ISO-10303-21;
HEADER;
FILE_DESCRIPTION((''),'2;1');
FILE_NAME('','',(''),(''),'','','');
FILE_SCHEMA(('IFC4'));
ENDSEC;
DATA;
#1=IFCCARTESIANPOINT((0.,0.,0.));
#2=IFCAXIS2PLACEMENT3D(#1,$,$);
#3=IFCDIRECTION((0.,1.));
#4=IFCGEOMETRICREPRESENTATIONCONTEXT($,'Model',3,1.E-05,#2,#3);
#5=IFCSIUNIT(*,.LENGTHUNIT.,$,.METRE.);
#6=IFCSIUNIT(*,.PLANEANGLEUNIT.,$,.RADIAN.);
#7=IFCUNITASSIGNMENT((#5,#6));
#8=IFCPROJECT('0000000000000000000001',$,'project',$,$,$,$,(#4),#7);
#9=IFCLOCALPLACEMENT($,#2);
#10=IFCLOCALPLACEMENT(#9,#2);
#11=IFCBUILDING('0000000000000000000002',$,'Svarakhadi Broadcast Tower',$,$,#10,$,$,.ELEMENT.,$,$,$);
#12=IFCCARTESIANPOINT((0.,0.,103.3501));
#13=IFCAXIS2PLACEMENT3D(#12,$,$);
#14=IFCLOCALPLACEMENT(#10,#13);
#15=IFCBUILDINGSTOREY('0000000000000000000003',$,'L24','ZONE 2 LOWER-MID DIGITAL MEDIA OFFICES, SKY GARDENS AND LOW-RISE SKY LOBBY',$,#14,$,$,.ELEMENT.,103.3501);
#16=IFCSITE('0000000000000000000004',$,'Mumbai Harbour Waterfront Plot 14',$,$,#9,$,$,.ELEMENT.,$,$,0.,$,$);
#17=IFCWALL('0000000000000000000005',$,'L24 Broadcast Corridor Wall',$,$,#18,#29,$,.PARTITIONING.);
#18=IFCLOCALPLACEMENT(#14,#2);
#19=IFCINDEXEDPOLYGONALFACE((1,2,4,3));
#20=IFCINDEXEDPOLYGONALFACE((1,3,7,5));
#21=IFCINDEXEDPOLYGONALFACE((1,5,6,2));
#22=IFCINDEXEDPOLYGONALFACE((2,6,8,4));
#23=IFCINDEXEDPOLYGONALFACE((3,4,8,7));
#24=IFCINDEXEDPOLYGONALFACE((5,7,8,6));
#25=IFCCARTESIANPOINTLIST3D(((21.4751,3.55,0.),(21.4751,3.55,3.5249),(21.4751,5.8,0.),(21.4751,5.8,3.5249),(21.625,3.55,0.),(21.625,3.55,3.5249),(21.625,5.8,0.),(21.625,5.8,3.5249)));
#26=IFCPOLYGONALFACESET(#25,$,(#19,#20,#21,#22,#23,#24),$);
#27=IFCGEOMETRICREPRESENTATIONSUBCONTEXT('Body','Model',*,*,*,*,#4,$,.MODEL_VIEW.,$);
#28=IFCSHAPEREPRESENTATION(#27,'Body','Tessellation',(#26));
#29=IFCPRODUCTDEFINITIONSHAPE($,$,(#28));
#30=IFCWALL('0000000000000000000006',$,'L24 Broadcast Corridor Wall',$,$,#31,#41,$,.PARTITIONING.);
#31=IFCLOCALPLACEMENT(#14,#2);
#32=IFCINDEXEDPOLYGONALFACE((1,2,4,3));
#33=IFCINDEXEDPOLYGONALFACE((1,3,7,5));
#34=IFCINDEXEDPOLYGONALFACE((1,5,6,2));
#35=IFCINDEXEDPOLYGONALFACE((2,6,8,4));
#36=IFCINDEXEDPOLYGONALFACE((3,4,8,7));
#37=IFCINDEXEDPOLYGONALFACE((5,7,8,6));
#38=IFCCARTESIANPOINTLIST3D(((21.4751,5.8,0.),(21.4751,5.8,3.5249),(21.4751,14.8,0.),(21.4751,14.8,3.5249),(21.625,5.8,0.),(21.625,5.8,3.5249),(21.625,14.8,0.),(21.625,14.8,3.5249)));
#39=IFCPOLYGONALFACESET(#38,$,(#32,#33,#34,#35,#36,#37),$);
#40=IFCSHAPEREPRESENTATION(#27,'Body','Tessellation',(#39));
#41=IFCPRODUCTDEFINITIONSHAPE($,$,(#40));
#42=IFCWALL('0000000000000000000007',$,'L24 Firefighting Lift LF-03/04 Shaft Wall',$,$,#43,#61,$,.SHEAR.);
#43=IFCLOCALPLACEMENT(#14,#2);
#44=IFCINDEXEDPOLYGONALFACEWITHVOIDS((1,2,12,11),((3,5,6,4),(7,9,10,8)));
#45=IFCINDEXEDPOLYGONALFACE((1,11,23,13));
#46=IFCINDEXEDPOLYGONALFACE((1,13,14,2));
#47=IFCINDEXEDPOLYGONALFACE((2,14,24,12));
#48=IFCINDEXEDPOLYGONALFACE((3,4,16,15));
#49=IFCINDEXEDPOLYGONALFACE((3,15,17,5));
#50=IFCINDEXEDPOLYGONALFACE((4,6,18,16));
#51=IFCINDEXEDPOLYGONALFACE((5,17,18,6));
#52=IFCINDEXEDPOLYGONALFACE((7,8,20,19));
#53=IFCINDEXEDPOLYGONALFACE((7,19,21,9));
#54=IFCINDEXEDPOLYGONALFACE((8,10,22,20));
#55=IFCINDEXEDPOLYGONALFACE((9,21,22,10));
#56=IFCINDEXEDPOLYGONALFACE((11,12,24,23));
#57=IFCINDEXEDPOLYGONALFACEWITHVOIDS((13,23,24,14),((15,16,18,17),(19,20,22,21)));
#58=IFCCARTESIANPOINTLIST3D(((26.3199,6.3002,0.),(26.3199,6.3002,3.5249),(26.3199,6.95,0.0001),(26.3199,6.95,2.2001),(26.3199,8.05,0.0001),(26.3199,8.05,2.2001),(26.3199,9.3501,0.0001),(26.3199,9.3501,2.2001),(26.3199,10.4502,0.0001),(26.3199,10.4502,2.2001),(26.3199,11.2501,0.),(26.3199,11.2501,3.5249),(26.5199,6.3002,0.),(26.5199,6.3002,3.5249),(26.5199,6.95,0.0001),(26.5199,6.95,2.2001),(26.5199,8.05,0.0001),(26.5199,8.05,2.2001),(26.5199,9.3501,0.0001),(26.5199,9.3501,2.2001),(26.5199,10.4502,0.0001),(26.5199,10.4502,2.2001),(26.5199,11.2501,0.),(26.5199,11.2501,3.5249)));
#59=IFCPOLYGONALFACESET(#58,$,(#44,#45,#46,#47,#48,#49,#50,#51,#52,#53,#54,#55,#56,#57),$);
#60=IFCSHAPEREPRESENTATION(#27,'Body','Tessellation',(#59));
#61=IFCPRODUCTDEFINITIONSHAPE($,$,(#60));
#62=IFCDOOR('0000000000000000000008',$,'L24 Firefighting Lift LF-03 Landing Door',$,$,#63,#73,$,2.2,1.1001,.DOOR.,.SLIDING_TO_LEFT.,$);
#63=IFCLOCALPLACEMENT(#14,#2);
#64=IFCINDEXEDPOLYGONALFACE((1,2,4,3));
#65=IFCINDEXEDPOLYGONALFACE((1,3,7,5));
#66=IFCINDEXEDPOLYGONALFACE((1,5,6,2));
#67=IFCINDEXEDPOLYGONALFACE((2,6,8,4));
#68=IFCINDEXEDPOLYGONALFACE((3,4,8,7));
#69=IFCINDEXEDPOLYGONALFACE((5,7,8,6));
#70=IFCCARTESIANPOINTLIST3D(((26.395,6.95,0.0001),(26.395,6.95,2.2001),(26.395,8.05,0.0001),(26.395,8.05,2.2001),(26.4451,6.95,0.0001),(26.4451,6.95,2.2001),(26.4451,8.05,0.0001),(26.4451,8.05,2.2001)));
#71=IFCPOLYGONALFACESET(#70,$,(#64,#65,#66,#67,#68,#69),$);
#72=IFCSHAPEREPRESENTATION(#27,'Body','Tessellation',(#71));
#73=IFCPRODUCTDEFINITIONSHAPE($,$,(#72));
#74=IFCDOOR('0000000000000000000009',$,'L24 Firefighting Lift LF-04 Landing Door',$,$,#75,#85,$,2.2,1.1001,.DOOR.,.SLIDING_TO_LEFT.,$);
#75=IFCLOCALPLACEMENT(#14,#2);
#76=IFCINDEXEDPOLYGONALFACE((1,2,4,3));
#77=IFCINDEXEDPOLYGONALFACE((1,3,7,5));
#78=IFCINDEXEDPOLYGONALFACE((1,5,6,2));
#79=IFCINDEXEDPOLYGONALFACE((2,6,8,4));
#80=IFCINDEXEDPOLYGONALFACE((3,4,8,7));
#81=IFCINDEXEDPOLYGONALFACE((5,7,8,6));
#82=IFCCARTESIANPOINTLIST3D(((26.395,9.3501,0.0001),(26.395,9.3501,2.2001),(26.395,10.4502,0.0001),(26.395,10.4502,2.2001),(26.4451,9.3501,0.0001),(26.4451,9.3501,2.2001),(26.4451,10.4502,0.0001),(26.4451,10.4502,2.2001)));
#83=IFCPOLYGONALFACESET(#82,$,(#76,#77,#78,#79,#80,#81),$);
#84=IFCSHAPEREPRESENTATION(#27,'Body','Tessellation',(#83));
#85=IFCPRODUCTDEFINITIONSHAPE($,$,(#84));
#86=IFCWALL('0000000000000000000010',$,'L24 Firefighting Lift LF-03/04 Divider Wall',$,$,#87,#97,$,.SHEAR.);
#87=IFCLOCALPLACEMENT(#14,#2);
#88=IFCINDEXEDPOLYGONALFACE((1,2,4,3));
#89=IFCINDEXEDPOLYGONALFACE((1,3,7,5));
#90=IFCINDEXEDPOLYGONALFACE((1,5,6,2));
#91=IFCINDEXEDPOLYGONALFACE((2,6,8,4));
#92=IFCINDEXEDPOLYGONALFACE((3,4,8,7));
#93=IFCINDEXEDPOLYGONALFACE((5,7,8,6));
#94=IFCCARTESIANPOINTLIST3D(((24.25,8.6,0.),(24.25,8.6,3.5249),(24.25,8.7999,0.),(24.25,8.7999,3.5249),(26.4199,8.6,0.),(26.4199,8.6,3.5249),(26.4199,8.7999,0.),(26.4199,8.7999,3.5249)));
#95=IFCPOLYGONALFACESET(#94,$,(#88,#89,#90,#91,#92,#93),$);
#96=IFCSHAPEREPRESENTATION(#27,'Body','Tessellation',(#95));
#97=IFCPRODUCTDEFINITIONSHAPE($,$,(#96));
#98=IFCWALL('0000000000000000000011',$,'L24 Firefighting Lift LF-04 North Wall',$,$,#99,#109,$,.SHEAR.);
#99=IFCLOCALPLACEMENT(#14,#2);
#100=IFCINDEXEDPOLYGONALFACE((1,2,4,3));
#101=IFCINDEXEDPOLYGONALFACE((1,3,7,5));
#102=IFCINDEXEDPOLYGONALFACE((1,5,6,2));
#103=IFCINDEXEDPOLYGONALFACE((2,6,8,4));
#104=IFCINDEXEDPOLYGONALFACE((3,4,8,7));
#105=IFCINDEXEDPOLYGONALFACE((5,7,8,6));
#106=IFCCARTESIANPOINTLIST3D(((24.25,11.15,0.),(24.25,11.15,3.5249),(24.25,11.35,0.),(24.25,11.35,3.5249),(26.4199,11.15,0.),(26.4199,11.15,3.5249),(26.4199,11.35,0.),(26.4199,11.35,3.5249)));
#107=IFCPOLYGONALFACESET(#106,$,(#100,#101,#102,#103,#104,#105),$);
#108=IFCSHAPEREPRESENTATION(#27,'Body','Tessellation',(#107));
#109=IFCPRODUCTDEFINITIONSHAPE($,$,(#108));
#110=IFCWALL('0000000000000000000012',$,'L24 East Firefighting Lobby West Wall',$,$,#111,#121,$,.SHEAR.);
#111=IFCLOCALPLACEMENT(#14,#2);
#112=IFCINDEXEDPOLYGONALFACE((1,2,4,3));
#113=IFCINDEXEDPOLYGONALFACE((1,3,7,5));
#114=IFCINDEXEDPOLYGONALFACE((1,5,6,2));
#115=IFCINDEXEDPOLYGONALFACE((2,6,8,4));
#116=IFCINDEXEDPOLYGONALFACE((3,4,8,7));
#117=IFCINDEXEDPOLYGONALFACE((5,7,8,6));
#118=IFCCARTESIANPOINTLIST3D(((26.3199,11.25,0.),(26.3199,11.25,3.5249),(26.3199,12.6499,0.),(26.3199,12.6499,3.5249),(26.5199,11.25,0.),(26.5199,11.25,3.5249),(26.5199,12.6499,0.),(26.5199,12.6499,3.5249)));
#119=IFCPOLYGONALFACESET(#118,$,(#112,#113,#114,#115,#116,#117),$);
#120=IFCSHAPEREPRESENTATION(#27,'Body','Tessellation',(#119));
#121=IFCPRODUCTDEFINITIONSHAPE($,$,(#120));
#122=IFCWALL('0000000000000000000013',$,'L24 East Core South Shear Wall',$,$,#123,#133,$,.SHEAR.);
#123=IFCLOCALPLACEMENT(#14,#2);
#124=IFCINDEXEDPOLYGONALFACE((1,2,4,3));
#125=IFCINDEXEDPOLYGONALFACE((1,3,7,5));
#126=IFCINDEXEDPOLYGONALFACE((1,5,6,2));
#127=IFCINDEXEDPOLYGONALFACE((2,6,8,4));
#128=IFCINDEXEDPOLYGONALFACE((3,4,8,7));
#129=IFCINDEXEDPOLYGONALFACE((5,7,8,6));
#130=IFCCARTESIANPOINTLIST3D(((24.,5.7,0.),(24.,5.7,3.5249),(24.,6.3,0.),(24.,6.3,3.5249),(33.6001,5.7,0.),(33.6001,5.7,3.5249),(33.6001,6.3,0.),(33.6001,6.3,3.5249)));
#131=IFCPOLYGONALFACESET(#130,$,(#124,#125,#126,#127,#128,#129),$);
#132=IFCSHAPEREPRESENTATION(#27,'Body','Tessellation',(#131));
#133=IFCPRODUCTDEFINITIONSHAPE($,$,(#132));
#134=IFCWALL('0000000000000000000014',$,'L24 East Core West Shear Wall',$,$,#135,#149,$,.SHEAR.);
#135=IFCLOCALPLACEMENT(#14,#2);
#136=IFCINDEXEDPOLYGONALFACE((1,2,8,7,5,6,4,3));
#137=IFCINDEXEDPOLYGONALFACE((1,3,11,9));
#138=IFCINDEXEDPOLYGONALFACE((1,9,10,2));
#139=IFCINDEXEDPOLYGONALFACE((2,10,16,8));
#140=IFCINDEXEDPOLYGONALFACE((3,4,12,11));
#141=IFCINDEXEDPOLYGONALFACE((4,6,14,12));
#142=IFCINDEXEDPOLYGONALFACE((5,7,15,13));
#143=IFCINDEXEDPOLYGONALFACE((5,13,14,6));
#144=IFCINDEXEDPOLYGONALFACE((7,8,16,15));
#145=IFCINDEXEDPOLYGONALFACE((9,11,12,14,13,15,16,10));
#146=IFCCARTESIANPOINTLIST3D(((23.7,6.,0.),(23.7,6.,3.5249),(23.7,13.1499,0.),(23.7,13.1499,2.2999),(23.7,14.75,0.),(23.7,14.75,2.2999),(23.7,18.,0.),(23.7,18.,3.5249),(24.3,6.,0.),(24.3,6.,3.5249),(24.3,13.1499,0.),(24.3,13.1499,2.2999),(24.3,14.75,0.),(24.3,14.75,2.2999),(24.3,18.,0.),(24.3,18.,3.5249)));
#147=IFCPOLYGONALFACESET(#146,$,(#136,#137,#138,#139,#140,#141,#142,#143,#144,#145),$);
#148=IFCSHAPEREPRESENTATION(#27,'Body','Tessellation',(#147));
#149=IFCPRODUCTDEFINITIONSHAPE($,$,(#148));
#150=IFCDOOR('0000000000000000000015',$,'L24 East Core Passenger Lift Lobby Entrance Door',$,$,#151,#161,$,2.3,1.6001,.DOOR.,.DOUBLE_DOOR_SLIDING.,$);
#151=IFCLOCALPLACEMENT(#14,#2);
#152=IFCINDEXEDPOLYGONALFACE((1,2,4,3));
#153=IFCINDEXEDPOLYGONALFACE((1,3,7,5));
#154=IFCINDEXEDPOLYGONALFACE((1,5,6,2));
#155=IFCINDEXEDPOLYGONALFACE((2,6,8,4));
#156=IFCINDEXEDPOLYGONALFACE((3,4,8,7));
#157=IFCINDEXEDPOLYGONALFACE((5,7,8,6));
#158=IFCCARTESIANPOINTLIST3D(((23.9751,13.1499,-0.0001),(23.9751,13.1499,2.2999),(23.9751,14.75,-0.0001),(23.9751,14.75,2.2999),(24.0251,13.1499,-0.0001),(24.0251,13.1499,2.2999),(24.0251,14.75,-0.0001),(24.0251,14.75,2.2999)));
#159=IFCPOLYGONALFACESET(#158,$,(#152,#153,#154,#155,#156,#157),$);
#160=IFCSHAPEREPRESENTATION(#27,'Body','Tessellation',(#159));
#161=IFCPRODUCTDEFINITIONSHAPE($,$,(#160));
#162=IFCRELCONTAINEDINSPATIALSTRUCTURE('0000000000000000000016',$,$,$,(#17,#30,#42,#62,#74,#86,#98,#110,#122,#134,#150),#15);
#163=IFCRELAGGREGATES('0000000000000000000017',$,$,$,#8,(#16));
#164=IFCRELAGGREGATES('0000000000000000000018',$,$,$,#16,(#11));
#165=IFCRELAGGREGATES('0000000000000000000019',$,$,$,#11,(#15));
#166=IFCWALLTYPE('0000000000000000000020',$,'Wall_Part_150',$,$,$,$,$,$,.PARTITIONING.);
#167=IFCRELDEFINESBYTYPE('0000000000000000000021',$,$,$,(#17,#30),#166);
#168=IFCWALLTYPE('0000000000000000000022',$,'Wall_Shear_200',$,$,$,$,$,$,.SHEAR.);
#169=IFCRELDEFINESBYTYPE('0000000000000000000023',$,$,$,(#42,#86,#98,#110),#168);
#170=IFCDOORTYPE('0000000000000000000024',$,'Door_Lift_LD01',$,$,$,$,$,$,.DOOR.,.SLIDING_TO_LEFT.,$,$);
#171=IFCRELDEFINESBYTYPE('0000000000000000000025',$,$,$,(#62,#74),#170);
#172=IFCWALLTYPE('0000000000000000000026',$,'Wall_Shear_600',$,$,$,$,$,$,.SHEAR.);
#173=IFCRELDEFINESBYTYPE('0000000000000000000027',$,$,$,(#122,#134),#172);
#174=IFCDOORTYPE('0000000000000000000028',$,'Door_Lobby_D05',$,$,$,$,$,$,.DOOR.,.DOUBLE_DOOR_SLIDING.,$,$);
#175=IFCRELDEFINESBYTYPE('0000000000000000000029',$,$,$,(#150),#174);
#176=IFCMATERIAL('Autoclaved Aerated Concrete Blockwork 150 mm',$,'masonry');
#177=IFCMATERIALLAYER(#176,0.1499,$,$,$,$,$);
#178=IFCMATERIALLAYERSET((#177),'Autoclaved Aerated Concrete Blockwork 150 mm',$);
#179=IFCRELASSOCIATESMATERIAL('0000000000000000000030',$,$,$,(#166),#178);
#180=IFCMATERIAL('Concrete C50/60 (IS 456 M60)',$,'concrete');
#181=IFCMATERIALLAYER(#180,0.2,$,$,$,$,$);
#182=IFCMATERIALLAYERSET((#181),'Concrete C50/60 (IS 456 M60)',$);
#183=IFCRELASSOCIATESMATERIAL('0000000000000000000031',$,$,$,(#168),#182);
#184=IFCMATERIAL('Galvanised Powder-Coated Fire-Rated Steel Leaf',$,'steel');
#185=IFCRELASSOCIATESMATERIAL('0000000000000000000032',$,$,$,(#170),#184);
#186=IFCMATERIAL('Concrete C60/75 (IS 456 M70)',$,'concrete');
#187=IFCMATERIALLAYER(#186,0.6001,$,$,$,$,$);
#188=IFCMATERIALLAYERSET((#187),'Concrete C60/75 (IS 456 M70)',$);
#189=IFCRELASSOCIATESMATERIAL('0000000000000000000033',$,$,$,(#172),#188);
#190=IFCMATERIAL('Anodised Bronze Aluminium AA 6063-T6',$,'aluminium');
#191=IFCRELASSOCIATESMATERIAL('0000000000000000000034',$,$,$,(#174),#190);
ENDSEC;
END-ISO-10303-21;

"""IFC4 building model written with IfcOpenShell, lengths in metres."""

from ifc_helpers import new_model, si_unit, direction, frame, frame_2d, origin, place, context, subcontext, project, spatial, rectangle, extrude, material, layer, layer_set, type_object, element, fill, save


model = new_model("IFC4")

# Units and contexts
model_context = context("Model", 3, precision=1e-05, world=origin(), true_north=direction((0.0, 1.0)))
body_context = subcontext(model_context, "Body", "Model", "MODEL_VIEW")
ifc_project = project(units=[si_unit("LENGTHUNIT", "METRE"), si_unit("PLANEANGLEUNIT", "RADIAN")], contexts=[model_context])

# Site, building, storey
site_placement = place(None, origin())
site = spatial("IfcSite", under=ifc_project, at=site_placement, Name="Mumbai Harbour Waterfront Plot 14", CompositionType="ELEMENT", RefElevation=0.0)
building_placement = place(site_placement, origin())
building = spatial("IfcBuilding", under=site, at=building_placement, Name="Svarakhadi Broadcast Tower", CompositionType="ELEMENT")
storey_placement = place(building_placement, frame((0.0, 0.0, 103.3501)))
storey = spatial("IfcBuildingStorey", under=building, at=storey_placement, Name="L24", Description="ZONE 2 LOWER-MID DIGITAL MEDIA OFFICES, SKY GARDENS AND LOW-RISE SKY LOBBY", CompositionType="ELEMENT", Elevation=103.3501)

# Shared definitions
ifc_material_1 = material(Name="Concrete C50/60 (IS 456 M60)", Category="concrete")

# Shared definitions
ifc_material_2 = material(Name="Anodised Bronze Aluminium AA 6063-T6", Category="aluminium")

# Walls
ifc_material_3 = material(Name="Autoclaved Aerated Concrete Blockwork 150 mm", Category="masonry")
ifc_layer_1 = layer(ifc_material_3, 0.1499)
ifc_layer_set_1 = layer_set([ifc_layer_1], Name="Autoclaved Aerated Concrete Blockwork 150 mm")
wall_type_1 = type_object("IfcWallType", Name="Wall_Part_150", PredefinedType="PARTITIONING", material=ifc_layer_set_1)
wall_1_placement = place(storey_placement, frame((21.55, 3.55, 0.0), z_axis=(0.0, 0.0, 1.0), x_axis=(0.0, 1.0, 0.0)))
element("IfcWall", 1, at=wall_1_placement, inside=storey, type_object=wall_type_1, Name="L24 Broadcast Corridor Wall", PredefinedType="PARTITIONING", context=body_context, shape_type="SweptSolid", body=[
    extrude(rectangle(XDim=2.25, YDim=0.1499, at=frame_2d((1.125, 0.0))), origin(), (0.0, 0.0, 1.0), 3.5249),
])
wall_2_placement = place(storey_placement, frame((21.55, 5.8, 0.0), z_axis=(0.0, 0.0, 1.0), x_axis=(0.0, 1.0, 0.0)))
element("IfcWall", 2, at=wall_2_placement, inside=storey, type_object=wall_type_1, Name="L24 Broadcast Corridor Wall", PredefinedType="PARTITIONING", context=body_context, shape_type="SweptSolid", body=[
    extrude(rectangle(XDim=9.0, YDim=0.1499, at=frame_2d((4.5, 0.0))), origin(), (0.0, 0.0, 1.0), 3.5249),
])

# Wall, openings, doors
ifc_layer_2 = layer(ifc_material_1, 0.2)
ifc_layer_set_2 = layer_set([ifc_layer_2], Name="Concrete C50/60 (IS 456 M60)")
wall_type_2 = type_object("IfcWallType", Name="Wall_Shear_200", PredefinedType="SHEAR", material=ifc_layer_set_2)
wall_3_placement = place(storey_placement, frame((26.4199, 6.3, 0.0), z_axis=(0.0, 0.0, 1.0), x_axis=(0.0, 1.0, 0.0)))
wall_3 = element("IfcWall", 3, at=wall_3_placement, inside=storey, type_object=wall_type_2, Name="L24 Firefighting Lift LF-03/04 Shaft Wall", PredefinedType="SHEAR", context=body_context, shape_type="SweptSolid", body=[
    extrude(rectangle(XDim=4.95, YDim=0.2, at=frame_2d((2.4751, 0.0))), origin(), (0.0, 0.0, 1.0), 3.5249),
])
opening_1_placement = place(wall_3_placement, frame((0.6499, 0.0, 0.0)))
opening_1 = element("IfcOpeningElement", 4, at=opening_1_placement, cuts=wall_3, PredefinedType="OPENING", context=body_context, shape_type="SweptSolid", body=[
    extrude(rectangle(XDim=1.1001, YDim=2.2, at=frame_2d((0.55, 1.1001))), frame((0.0, 0.1099, 0.0), z_axis=(0.0, -1.0, 0.0), x_axis=(1.0, 0.0, 0.0)), (0.0, 0.0, 1.0), 0.22),
])
opening_2_placement = place(wall_3_placement, frame((3.05, 0.0, 0.0)))
opening_2 = element("IfcOpeningElement", 5, at=opening_2_placement, cuts=wall_3, PredefinedType="OPENING", context=body_context, shape_type="SweptSolid", body=[
    extrude(rectangle(XDim=1.1001, YDim=2.2, at=frame_2d((0.55, 1.1001))), frame((0.0, 0.1099, 0.0), z_axis=(0.0, -1.0, 0.0), x_axis=(1.0, 0.0, 0.0)), (0.0, 0.0, 1.0), 0.22),
])
ifc_material_4 = material(Name="Galvanised Powder-Coated Fire-Rated Steel Leaf", Category="steel")
door_type_1 = type_object("IfcDoorType", Name="Door_Lift_LD01", OperationType="SLIDING_TO_LEFT", PredefinedType="DOOR", material=ifc_material_4)
door_1_placement = place(opening_1_placement, origin())
door_1 = element("IfcDoor", 6, at=door_1_placement, inside=storey, type_object=door_type_1, Name="L24 Firefighting Lift LF-03 Landing Door", OperationType="SLIDING_TO_LEFT", OverallHeight=2.2, OverallWidth=1.1001, PredefinedType="DOOR", context=body_context, shape_type="SweptSolid", body=[
    extrude(rectangle(XDim=1.1001, YDim=2.2, at=frame_2d((0.55, 1.1001))), frame((0.0, 0.0249, 0.0), z_axis=(0.0, -1.0, 0.0), x_axis=(1.0, 0.0, 0.0)), (0.0, 0.0, 1.0), 0.05),
])
fill(opening_1, door_1)
door_2_placement = place(opening_2_placement, origin())
door_2 = element("IfcDoor", 7, at=door_2_placement, inside=storey, type_object=door_type_1, Name="L24 Firefighting Lift LF-04 Landing Door", OperationType="SLIDING_TO_LEFT", OverallHeight=2.2, OverallWidth=1.1001, PredefinedType="DOOR", context=body_context, shape_type="SweptSolid", body=[
    extrude(rectangle(XDim=1.1001, YDim=2.2, at=frame_2d((0.55, 1.1001))), frame((0.0, 0.0249, 0.0), z_axis=(0.0, -1.0, 0.0), x_axis=(1.0, 0.0, 0.0)), (0.0, 0.0, 1.0), 0.05),
])
fill(opening_2, door_2)

# Walls
for number, where, z_axis, x_axis, name in (
    (8, (24.25, 8.7, 0.0), (0.0, 0.0, 1.0), (1.0, 0.0, 0.0), "L24 Firefighting Lift LF-03/04 Divider Wall"),
    (9, (24.25, 11.25, 0.0), (0.0, 0.0, 1.0), (1.0, 0.0, 0.0), "L24 Firefighting Lift LF-04 North Wall"),
):
    element("IfcWall", number, at=place(storey_placement, frame(where, z_axis=z_axis, x_axis=x_axis)), inside=storey, type_object=wall_type_2, Name=name, PredefinedType="SHEAR", context=body_context, shape_type="SweptSolid", body=[
        extrude(rectangle(XDim=2.1699, YDim=0.2, at=frame_2d((1.085, 0.0))), origin(), (0.0, 0.0, 1.0), 3.5249),
    ])
wall_4_placement = place(storey_placement, frame((26.4199, 11.25, 0.0), z_axis=(0.0, 0.0, 1.0), x_axis=(0.0, 1.0, 0.0)))
element("IfcWall", 10, at=wall_4_placement, inside=storey, type_object=wall_type_2, Name="L24 East Firefighting Lobby West Wall", PredefinedType="SHEAR", context=body_context, shape_type="SweptSolid", body=[
    extrude(rectangle(XDim=1.3999, YDim=0.2, at=frame_2d((0.7, 0.0))), origin(), (0.0, 0.0, 1.0), 3.5249),
])
ifc_material_5 = material(Name="Concrete C60/75 (IS 456 M70)", Category="concrete")
ifc_layer_3 = layer(ifc_material_5, 0.6001)
ifc_layer_set_3 = layer_set([ifc_layer_3], Name="Concrete C60/75 (IS 456 M70)")
wall_type_3 = type_object("IfcWallType", Name="Wall_Shear_600", PredefinedType="SHEAR", material=ifc_layer_set_3)
wall_5_placement = place(storey_placement, frame((24.0, 6.0, 0.0), z_axis=(0.0, 0.0, 1.0), x_axis=(1.0, 0.0, 0.0)))
element("IfcWall", 11, at=wall_5_placement, inside=storey, type_object=wall_type_3, Name="L24 East Core South Shear Wall", PredefinedType="SHEAR", context=body_context, shape_type="SweptSolid", body=[
    extrude(rectangle(XDim=9.6001, YDim=0.6001, at=frame_2d((4.8, 0.0))), origin(), (0.0, 0.0, 1.0), 3.5249),
])

# Wall, opening, door
wall_6_placement = place(storey_placement, frame((24.0, 6.0, 0.0), z_axis=(0.0, 0.0, 1.0), x_axis=(0.0, 1.0, 0.0)))
wall_6 = element("IfcWall", 12, at=wall_6_placement, inside=storey, type_object=wall_type_3, Name="L24 East Core West Shear Wall", PredefinedType="SHEAR", context=body_context, shape_type="SweptSolid", body=[
    extrude(rectangle(XDim=12.0, YDim=0.6001, at=frame_2d((6.0, 0.0))), origin(), (0.0, 0.0, 1.0), 3.5249),
])
opening_3_placement = place(wall_6_placement, frame((7.1499, 0.0, 0.0)))
opening_3 = element("IfcOpeningElement", 13, at=opening_3_placement, cuts=wall_6, PredefinedType="OPENING", context=body_context, shape_type="SweptSolid", body=[
    extrude(rectangle(XDim=1.6001, YDim=2.3, at=frame_2d((0.8, 1.1499))), frame((0.0, 0.3101, 0.0), z_axis=(0.0, -1.0, 0.0), x_axis=(1.0, 0.0, 0.0)), (0.0, 0.0, 1.0), 0.6201),
])
door_type_2 = type_object("IfcDoorType", Name="Door_Lobby_D05", OperationType="DOUBLE_DOOR_SLIDING", PredefinedType="DOOR", material=ifc_material_2)
door_3_placement = place(opening_3_placement, origin())
door_3 = element("IfcDoor", 14, at=door_3_placement, inside=storey, type_object=door_type_2, Name="L24 East Core Passenger Lift Lobby Entrance Door", OperationType="DOUBLE_DOOR_SLIDING", OverallHeight=2.3, OverallWidth=1.6001, PredefinedType="DOOR", context=body_context, shape_type="SweptSolid", body=[
    extrude(rectangle(XDim=1.6001, YDim=2.3, at=frame_2d((0.8, 1.1499))), frame((0.0, 0.0249, 0.0), z_axis=(0.0, -1.0, 0.0), x_axis=(1.0, 0.0, 0.0)), (0.0, 0.0, 1.0), 0.05),
])
fill(opening_3, door_3)

save(model, "model.ifc")
